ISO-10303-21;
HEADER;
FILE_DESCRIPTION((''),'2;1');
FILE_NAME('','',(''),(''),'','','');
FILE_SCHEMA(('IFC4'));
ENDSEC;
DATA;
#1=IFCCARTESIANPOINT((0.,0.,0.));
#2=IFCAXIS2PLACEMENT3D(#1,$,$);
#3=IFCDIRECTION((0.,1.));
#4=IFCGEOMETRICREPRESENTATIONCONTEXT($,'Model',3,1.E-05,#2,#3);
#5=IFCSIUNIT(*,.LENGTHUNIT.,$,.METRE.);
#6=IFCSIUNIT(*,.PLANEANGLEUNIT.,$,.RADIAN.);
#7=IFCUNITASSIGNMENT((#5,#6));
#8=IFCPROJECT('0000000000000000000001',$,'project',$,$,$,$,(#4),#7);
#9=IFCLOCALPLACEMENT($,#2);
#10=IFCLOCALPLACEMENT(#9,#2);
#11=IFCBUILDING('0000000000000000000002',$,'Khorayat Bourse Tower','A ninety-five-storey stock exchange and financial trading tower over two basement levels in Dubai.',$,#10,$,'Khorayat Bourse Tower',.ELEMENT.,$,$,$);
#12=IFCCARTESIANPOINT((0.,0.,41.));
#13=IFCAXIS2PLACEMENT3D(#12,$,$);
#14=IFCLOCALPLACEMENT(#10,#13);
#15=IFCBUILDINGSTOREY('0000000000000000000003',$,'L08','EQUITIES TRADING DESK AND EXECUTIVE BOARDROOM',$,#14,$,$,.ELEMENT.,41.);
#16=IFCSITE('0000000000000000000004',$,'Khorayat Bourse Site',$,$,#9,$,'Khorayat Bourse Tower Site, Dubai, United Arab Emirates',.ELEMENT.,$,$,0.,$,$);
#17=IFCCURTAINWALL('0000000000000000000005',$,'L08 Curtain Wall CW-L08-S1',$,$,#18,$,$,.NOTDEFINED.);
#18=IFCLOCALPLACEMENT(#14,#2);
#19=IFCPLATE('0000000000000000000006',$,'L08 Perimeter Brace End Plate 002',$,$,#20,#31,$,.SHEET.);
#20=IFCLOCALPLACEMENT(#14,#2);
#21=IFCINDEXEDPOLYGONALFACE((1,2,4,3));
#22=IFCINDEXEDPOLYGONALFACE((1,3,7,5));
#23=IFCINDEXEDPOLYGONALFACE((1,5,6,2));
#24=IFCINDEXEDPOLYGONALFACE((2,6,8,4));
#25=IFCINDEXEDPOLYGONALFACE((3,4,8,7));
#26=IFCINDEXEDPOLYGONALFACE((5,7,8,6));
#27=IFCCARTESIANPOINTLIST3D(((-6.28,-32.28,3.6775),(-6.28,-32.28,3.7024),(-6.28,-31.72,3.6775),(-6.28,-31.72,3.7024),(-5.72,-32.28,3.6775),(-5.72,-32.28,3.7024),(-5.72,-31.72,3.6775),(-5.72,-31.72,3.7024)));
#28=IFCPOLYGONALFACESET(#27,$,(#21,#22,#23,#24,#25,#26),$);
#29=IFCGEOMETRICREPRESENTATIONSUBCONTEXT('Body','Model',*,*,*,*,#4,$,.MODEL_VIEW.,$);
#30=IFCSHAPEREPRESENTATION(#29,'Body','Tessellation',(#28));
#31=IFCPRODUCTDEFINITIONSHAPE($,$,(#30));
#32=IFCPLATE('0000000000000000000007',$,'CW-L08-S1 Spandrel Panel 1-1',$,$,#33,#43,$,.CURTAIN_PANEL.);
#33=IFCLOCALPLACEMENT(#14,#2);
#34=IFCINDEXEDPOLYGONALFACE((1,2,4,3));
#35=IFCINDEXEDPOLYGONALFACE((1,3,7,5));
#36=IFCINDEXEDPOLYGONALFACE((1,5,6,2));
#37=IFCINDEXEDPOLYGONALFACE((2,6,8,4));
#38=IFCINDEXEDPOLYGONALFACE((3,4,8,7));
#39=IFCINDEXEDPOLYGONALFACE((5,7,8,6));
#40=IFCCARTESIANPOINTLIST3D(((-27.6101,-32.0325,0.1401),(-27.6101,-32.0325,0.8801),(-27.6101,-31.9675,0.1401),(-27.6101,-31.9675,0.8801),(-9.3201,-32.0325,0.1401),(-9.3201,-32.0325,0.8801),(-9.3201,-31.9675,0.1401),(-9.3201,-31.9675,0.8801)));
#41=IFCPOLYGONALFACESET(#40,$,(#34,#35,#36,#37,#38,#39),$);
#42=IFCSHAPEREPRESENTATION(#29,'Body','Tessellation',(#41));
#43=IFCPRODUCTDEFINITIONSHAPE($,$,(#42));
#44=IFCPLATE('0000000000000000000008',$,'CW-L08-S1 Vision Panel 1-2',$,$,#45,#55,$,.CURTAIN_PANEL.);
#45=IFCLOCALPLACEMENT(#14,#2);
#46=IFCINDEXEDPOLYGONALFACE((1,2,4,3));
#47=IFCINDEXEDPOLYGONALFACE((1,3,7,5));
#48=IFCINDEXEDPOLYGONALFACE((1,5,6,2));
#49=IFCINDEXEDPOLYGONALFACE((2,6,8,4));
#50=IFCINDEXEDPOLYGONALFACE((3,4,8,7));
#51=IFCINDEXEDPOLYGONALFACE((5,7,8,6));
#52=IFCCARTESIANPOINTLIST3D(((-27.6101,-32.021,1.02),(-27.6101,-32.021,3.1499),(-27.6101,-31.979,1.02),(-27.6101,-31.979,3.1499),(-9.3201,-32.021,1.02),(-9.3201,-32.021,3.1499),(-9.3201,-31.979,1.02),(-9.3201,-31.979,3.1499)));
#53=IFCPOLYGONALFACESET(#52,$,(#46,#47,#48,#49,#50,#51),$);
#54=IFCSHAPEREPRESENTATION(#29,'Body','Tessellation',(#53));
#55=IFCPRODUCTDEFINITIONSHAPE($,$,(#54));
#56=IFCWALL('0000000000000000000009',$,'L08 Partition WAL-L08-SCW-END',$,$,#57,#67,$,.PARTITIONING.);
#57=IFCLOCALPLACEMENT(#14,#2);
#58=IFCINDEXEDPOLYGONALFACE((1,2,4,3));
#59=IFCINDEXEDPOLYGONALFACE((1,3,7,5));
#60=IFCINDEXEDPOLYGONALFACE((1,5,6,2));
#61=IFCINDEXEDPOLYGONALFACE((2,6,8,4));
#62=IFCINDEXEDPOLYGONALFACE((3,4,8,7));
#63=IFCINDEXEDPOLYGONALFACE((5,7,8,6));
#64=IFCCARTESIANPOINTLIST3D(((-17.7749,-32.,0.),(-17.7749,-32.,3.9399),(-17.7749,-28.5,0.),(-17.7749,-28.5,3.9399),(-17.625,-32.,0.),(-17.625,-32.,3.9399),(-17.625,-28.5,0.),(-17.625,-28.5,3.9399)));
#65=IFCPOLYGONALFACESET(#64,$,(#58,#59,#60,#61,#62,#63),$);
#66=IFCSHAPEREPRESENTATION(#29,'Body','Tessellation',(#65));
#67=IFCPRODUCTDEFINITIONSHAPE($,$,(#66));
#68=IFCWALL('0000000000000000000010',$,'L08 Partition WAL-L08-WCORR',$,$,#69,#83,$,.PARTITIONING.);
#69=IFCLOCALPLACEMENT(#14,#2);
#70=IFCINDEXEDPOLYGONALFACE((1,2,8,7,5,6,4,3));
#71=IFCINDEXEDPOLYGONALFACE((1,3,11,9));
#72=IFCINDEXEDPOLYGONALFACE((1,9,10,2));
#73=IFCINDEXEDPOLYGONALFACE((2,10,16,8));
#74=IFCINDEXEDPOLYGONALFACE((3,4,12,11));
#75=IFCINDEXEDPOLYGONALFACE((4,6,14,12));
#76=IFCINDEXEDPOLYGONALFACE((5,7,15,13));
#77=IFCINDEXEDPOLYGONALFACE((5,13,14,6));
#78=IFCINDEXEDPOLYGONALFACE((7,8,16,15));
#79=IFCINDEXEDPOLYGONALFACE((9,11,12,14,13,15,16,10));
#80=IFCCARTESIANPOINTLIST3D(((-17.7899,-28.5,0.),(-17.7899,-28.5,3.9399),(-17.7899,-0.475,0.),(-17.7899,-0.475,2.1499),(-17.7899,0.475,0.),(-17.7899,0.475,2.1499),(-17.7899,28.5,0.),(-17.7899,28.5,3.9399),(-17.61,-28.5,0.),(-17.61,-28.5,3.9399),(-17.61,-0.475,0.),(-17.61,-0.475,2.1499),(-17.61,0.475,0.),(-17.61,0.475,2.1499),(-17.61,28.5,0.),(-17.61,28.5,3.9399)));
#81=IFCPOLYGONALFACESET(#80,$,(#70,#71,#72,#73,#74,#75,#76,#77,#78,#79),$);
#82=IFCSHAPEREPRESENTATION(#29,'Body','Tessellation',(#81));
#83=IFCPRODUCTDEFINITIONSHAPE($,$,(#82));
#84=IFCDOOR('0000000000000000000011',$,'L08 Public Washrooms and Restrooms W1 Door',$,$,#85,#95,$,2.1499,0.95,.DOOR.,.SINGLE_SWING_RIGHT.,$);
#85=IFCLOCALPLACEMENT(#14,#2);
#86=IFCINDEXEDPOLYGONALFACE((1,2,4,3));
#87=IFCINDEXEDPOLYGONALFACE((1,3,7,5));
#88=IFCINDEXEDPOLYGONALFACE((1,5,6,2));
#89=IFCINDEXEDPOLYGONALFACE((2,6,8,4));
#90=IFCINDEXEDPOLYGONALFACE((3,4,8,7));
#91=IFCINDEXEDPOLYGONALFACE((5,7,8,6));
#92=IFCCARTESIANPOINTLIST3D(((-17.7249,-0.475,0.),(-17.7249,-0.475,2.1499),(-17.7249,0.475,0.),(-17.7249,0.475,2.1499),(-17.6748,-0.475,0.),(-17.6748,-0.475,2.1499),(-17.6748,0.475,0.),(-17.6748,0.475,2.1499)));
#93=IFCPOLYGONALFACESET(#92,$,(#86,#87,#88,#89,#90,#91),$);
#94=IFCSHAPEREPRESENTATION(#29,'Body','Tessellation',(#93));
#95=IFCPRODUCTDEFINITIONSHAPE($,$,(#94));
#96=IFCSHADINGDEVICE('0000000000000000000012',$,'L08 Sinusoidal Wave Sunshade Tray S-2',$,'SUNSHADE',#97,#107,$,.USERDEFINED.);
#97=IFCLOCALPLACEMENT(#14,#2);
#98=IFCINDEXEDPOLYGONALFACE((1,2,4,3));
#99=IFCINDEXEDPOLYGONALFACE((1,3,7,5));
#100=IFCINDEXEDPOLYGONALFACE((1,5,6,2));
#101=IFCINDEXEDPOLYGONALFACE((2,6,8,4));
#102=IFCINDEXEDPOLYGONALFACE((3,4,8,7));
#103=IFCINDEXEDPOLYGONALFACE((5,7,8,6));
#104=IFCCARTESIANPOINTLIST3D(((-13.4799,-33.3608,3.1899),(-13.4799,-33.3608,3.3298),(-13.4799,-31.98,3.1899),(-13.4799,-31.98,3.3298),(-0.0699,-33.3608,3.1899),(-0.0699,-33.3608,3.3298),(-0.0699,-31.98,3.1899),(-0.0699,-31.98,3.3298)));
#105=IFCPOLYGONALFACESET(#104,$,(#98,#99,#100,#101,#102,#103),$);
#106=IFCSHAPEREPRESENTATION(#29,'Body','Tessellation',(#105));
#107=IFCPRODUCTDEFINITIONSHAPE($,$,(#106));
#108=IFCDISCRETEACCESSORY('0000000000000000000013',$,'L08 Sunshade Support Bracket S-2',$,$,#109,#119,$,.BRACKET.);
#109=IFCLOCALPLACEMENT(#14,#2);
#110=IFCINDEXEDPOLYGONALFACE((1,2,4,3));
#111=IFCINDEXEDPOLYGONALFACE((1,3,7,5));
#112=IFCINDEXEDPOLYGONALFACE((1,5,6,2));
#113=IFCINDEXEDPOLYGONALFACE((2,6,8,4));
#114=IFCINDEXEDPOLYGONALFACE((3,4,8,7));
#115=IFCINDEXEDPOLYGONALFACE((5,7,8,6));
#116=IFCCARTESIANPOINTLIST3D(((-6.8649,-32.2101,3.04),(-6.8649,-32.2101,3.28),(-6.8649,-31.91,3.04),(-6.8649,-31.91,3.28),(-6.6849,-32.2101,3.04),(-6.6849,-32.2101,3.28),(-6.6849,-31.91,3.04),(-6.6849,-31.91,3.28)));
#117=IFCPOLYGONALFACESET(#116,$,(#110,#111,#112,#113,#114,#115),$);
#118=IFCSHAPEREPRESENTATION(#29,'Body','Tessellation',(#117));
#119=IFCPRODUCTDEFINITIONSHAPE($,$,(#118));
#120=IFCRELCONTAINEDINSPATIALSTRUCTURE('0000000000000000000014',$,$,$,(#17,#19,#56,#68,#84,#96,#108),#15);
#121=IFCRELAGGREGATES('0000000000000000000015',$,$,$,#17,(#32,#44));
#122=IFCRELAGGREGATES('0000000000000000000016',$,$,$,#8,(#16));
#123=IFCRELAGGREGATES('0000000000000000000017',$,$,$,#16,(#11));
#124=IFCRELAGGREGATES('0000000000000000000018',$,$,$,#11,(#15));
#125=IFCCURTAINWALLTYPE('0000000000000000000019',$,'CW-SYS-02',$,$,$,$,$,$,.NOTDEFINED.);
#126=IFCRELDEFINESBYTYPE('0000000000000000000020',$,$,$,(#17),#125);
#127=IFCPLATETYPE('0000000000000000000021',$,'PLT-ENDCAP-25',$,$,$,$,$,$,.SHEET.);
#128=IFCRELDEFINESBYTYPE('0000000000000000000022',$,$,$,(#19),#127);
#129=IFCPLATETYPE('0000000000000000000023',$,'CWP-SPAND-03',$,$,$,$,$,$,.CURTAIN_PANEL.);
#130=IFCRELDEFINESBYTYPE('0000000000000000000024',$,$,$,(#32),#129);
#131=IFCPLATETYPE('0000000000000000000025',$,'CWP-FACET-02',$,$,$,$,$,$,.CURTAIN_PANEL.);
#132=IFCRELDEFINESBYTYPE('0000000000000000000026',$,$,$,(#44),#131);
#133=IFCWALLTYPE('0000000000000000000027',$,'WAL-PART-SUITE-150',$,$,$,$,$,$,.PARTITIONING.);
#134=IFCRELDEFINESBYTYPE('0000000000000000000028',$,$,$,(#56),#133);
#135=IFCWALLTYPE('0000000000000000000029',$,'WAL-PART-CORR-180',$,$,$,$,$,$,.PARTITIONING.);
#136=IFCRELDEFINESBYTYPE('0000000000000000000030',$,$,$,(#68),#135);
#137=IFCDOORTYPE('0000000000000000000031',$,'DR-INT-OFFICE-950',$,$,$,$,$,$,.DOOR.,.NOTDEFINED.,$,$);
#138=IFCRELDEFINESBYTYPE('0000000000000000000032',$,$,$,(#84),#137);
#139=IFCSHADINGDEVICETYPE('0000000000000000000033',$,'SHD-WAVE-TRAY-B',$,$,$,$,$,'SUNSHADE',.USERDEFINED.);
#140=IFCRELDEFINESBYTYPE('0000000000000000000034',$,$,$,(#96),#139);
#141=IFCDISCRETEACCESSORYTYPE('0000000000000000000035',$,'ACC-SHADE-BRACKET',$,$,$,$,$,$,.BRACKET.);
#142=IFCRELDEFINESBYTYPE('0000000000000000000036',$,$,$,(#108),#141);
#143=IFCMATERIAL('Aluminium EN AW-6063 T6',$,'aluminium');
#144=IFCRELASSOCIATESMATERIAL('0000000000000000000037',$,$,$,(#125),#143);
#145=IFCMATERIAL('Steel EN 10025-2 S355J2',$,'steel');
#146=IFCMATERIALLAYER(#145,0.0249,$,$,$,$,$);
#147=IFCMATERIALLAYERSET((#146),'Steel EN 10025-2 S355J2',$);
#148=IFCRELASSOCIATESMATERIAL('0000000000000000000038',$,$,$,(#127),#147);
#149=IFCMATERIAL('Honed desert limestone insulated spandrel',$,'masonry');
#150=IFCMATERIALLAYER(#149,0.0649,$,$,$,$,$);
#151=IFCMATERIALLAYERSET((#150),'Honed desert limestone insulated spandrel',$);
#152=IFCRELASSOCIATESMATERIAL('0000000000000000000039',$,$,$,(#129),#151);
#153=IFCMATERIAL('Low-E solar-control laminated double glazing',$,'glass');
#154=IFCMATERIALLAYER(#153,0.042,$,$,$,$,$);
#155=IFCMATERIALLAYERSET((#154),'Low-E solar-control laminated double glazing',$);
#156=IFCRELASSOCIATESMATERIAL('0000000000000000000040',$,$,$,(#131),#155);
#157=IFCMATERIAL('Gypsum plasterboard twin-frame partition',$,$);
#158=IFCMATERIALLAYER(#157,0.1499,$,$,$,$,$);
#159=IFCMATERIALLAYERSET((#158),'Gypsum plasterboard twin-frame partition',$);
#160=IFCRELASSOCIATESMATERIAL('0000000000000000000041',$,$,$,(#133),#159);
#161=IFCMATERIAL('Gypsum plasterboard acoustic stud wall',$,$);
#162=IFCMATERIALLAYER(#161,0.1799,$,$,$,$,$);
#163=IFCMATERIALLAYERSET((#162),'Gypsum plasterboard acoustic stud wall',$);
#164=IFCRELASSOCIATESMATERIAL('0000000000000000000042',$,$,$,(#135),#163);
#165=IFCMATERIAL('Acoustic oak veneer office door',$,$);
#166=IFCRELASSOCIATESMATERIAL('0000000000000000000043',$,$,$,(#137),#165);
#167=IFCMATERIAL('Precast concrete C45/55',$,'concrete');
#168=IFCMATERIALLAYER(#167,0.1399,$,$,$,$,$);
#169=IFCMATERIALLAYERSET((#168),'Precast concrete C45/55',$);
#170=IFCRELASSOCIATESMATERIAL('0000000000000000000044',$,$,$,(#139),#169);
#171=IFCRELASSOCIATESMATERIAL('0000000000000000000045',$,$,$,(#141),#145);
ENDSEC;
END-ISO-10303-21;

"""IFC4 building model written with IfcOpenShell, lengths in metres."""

from ifc_helpers import new_model, si_unit, direction, frame, frame_2d, origin, origin_2d, place, context, subcontext, project, spatial, rectangle, extrude, source, transform, mapped, material, layer, layer_set, type_object, element, fill, aggregate, save


model = new_model("IFC4")

# Units and contexts
model_context = context("Model", 3, precision=1e-05, world=origin(), true_north=direction((0.0, 1.0)))
body_context = subcontext(model_context, "Body", "Model", "MODEL_VIEW")
ifc_project = project(units=[si_unit("LENGTHUNIT", "METRE"), si_unit("PLANEANGLEUNIT", "RADIAN")], contexts=[model_context])

# Site, building, storey
site_placement = place(None, origin())
site = spatial("IfcSite", under=ifc_project, at=site_placement, Name="Khorayat Bourse Site", LongName="Khorayat Bourse Tower Site, Dubai, United Arab Emirates", CompositionType="ELEMENT", RefElevation=0.0)
building_placement = place(site_placement, origin())
building = spatial("IfcBuilding", under=site, at=building_placement, Name="Khorayat Bourse Tower", Description="A ninety-five-storey stock exchange and financial trading tower over two basement levels in Dubai.", LongName="Khorayat Bourse Tower", CompositionType="ELEMENT")
storey_placement = place(building_placement, frame((0.0, 0.0, 41.0)))
storey = spatial("IfcBuildingStorey", under=building, at=storey_placement, Name="L08", Description="EQUITIES TRADING DESK AND EXECUTIVE BOARDROOM", CompositionType="ELEMENT", Elevation=41.0)

# Curtain wall
ifc_material_1 = material(Name="Aluminium EN AW-6063 T6", Category="aluminium")
curtain_wall_type = type_object("IfcCurtainWallType", Name="CW-SYS-02", PredefinedType="NOTDEFINED", material=ifc_material_1)
curtain_wall_placement = place(storey_placement, origin())
curtain_wall = element("IfcCurtainWall", 1, at=curtain_wall_placement, inside=storey, type_object=curtain_wall_type, Name="L08 Curtain Wall CW-L08-S1", PredefinedType="NOTDEFINED")

# Plate
ifc_material_2 = material(Name="Steel EN 10025-2 S355J2", Category="steel")
ifc_layer_1 = layer(ifc_material_2, 0.0249)
ifc_layer_set_1 = layer_set([ifc_layer_1], Name="Steel EN 10025-2 S355J2")
plate_type_1 = type_object("IfcPlateType", Name="PLT-ENDCAP-25", PredefinedType="SHEET", material=ifc_layer_set_1)
shared_shape_1 = source(origin(), body_context, "Body", "SweptSolid", [
    extrude(rectangle(XDim=0.5601, YDim=0.5601, at=origin_2d()), origin(), (0.0, 0.0, 1.0), 0.0249),
])
for number, where, z_axis, x_axis, name in (
    (2, (-6.0, -32.0, 3.6775), (0.0, 0.0, 1.0), (1.0, 0.0, 0.0), "L08 Perimeter Brace End Plate 002"),
):
    element("IfcPlate", number, at=place(storey_placement, frame(where, z_axis=z_axis, x_axis=x_axis)), inside=storey, type_object=plate_type_1, Name=name, PredefinedType="SHEET", context=body_context, shape_type="MappedRepresentation", body=[
        mapped(shared_shape_1, transform((0.0, 0.0, 0.0), scale=1.0)),
    ])

# Plates
ifc_material_3 = material(Name="Honed desert limestone insulated spandrel", Category="masonry")
ifc_layer_2 = layer(ifc_material_3, 0.0649)
ifc_layer_set_2 = layer_set([ifc_layer_2], Name="Honed desert limestone insulated spandrel")
plate_type_2 = type_object("IfcPlateType", Name="CWP-SPAND-03", PredefinedType="CURTAIN_PANEL", material=ifc_layer_set_2)
shared_shape_2 = source(origin(), body_context, "Body", "SweptSolid", [
    extrude(rectangle(XDim=18.29, YDim=0.0649, at=origin_2d()), origin(), (0.0, 0.0, 1.0), 0.74),
])
plate_1_placement = place(storey_placement, frame((-18.4651, -32.0, 0.1401), z_axis=(0.0, 0.0, 1.0), x_axis=(1.0, 0.0, 0.0)))
plate_1 = element("IfcPlate", 3, at=plate_1_placement, type_object=plate_type_2, Name="CW-L08-S1 Spandrel Panel 1-1", PredefinedType="CURTAIN_PANEL", context=body_context, shape_type="MappedRepresentation", body=[
    mapped(shared_shape_2, transform((0.0, 0.0, 0.0), scale=1.0)),
])
ifc_material_4 = material(Name="Low-E solar-control laminated double glazing", Category="glass")
ifc_layer_3 = layer(ifc_material_4, 0.042)
ifc_layer_set_3 = layer_set([ifc_layer_3], Name="Low-E solar-control laminated double glazing")
plate_type_3 = type_object("IfcPlateType", Name="CWP-FACET-02", PredefinedType="CURTAIN_PANEL", material=ifc_layer_set_3)
shared_shape_3 = source(origin(), body_context, "Body", "SweptSolid", [
    extrude(rectangle(XDim=18.29, YDim=0.042, at=origin_2d()), origin(), (0.0, 0.0, 1.0), 2.1299),
])
plate_2_placement = place(storey_placement, frame((-18.4651, -32.0, 1.02), z_axis=(0.0, 0.0, 1.0), x_axis=(1.0, 0.0, 0.0)))
plate_2 = element("IfcPlate", 4, at=plate_2_placement, type_object=plate_type_3, Name="CW-L08-S1 Vision Panel 1-2", PredefinedType="CURTAIN_PANEL", context=body_context, shape_type="MappedRepresentation", body=[
    mapped(shared_shape_3, transform((0.0, 0.0, 0.0), scale=1.0)),
])
aggregate(curtain_wall, [plate_1, plate_2])

# Wall
ifc_material_5 = material(Name="Gypsum plasterboard twin-frame partition")
ifc_layer_4 = layer(ifc_material_5, 0.1499)
ifc_layer_set_4 = layer_set([ifc_layer_4], Name="Gypsum plasterboard twin-frame partition")
wall_type_1 = type_object("IfcWallType", Name="WAL-PART-SUITE-150", PredefinedType="PARTITIONING", material=ifc_layer_set_4)
shared_shape_4 = source(origin(), body_context, "Body", "SweptSolid", [
    extrude(rectangle(XDim=3.5, YDim=0.1499, at=frame_2d((1.75, 0.0))), origin(), (0.0, 0.0, 1.0), 3.9399),
])
wall_1_placement = place(storey_placement, frame((-17.7, -32.0, 0.0), z_axis=(0.0, 0.0, 1.0), x_axis=(0.0, 1.0, 0.0)))
element("IfcWall", 5, at=wall_1_placement, inside=storey, type_object=wall_type_1, Name="L08 Partition WAL-L08-SCW-END", PredefinedType="PARTITIONING", context=body_context, shape_type="MappedRepresentation", body=[
    mapped(shared_shape_4, transform((0.0, 0.0, 0.0), scale=1.0)),
])

# Wall, opening, door
ifc_material_6 = material(Name="Gypsum plasterboard acoustic stud wall")
ifc_layer_5 = layer(ifc_material_6, 0.1799)
ifc_layer_set_5 = layer_set([ifc_layer_5], Name="Gypsum plasterboard acoustic stud wall")
wall_type_2 = type_object("IfcWallType", Name="WAL-PART-CORR-180", PredefinedType="PARTITIONING", material=ifc_layer_set_5)
shared_shape_5 = source(origin(), body_context, "Body", "SweptSolid", [
    extrude(rectangle(XDim=57.0, YDim=0.1799, at=frame_2d((28.5, 0.0))), origin(), (0.0, 0.0, 1.0), 3.9399),
])
wall_2_placement = place(storey_placement, frame((-17.7, -28.5, 0.0), z_axis=(0.0, 0.0, 1.0), x_axis=(0.0, 1.0, 0.0)))
wall_2 = element("IfcWall", 6, at=wall_2_placement, inside=storey, type_object=wall_type_2, Name="L08 Partition WAL-L08-WCORR", PredefinedType="PARTITIONING", context=body_context, shape_type="MappedRepresentation", body=[
    mapped(shared_shape_5, transform((0.0, 0.0, 0.0), scale=1.0)),
])
shared_shape_6 = source(origin(), body_context, "Body", "SweptSolid", [
    extrude(rectangle(XDim=0.95, YDim=2.1499, at=frame_2d((0.4751, 1.075))), frame((0.0, 0.0999, 0.0), z_axis=(0.0, -1.0, 0.0), x_axis=(1.0, 0.0, 0.0)), (0.0, 0.0, 1.0), 0.2),
])
opening_placement = place(wall_2_placement, frame((28.0249, 0.0, 0.0)))
opening = element("IfcOpeningElement", 7, at=opening_placement, cuts=wall_2, PredefinedType="OPENING", context=body_context, shape_type="MappedRepresentation", body=[
    mapped(shared_shape_6, transform((0.0, 0.0, 0.0), scale=1.0)),
])
ifc_material_7 = material(Name="Acoustic oak veneer office door")
door_type = type_object("IfcDoorType", Name="DR-INT-OFFICE-950", OperationType="NOTDEFINED", PredefinedType="DOOR", material=ifc_material_7)
shared_shape_7 = source(origin(), body_context, "Body", "SweptSolid", [
    extrude(rectangle(XDim=0.95, YDim=2.1499, at=frame_2d((0.4751, 1.075))), frame((0.0, 0.0249, 0.0), z_axis=(0.0, -1.0, 0.0), x_axis=(1.0, 0.0, 0.0)), (0.0, 0.0, 1.0), 0.05),
])
door_placement = place(opening_placement, origin())
door = element("IfcDoor", 8, at=door_placement, inside=storey, type_object=door_type, Name="L08 Public Washrooms and Restrooms W1 Door", OperationType="SINGLE_SWING_RIGHT", OverallHeight=2.1499, OverallWidth=0.95, PredefinedType="DOOR", context=body_context, shape_type="MappedRepresentation", body=[
    mapped(shared_shape_7, transform((0.0, 0.0, 0.0), scale=1.0)),
])
fill(opening, door)

# Shading device
ifc_material_8 = material(Name="Precast concrete C45/55", Category="concrete")
ifc_layer_6 = layer(ifc_material_8, 0.1399)
ifc_layer_set_6 = layer_set([ifc_layer_6], Name="Precast concrete C45/55")
shading_device_type = type_object("IfcShadingDeviceType", Name="SHD-WAVE-TRAY-B", ElementType="SUNSHADE", PredefinedType="USERDEFINED", material=ifc_layer_set_6)
shared_shape_8 = source(origin(), body_context, "Body", "SweptSolid", [
    extrude(rectangle(XDim=13.4099, YDim=1.3809, at=origin_2d()), origin(), (0.0, 0.0, 1.0), 0.1399),
])
shading_device_placement = place(storey_placement, frame((-6.7749, -32.6704, 3.1899), z_axis=(0.0, 0.0, 1.0), x_axis=(1.0, 0.0, 0.0)))
element("IfcShadingDevice", 9, at=shading_device_placement, inside=storey, type_object=shading_device_type, Name="L08 Sinusoidal Wave Sunshade Tray S-2", ObjectType="SUNSHADE", PredefinedType="USERDEFINED", context=body_context, shape_type="MappedRepresentation", body=[
    mapped(shared_shape_8, transform((0.0, 0.0, 0.0), scale=1.0)),
])

# Discrete accessory
discrete_accessory_type = type_object("IfcDiscreteAccessoryType", Name="ACC-SHADE-BRACKET", PredefinedType="BRACKET", material=ifc_material_2)
shared_shape_9 = source(origin(), body_context, "Body", "SweptSolid", [
    extrude(rectangle(XDim=0.1799, YDim=0.3, at=origin_2d()), origin(), (0.0, 0.0, 1.0), 0.24),
])
discrete_accessory_placement = place(storey_placement, frame((-6.7749, -32.0601, 3.04), z_axis=(0.0, 0.0, 1.0), x_axis=(1.0, 0.0, 0.0)))
element("IfcDiscreteAccessory", 10, at=discrete_accessory_placement, inside=storey, type_object=discrete_accessory_type, Name="L08 Sunshade Support Bracket S-2", PredefinedType="BRACKET", context=body_context, shape_type="MappedRepresentation", body=[
    mapped(shared_shape_9, transform((0.0, 0.0, 0.0), scale=1.0)),
])

save(model, "model.ifc")
